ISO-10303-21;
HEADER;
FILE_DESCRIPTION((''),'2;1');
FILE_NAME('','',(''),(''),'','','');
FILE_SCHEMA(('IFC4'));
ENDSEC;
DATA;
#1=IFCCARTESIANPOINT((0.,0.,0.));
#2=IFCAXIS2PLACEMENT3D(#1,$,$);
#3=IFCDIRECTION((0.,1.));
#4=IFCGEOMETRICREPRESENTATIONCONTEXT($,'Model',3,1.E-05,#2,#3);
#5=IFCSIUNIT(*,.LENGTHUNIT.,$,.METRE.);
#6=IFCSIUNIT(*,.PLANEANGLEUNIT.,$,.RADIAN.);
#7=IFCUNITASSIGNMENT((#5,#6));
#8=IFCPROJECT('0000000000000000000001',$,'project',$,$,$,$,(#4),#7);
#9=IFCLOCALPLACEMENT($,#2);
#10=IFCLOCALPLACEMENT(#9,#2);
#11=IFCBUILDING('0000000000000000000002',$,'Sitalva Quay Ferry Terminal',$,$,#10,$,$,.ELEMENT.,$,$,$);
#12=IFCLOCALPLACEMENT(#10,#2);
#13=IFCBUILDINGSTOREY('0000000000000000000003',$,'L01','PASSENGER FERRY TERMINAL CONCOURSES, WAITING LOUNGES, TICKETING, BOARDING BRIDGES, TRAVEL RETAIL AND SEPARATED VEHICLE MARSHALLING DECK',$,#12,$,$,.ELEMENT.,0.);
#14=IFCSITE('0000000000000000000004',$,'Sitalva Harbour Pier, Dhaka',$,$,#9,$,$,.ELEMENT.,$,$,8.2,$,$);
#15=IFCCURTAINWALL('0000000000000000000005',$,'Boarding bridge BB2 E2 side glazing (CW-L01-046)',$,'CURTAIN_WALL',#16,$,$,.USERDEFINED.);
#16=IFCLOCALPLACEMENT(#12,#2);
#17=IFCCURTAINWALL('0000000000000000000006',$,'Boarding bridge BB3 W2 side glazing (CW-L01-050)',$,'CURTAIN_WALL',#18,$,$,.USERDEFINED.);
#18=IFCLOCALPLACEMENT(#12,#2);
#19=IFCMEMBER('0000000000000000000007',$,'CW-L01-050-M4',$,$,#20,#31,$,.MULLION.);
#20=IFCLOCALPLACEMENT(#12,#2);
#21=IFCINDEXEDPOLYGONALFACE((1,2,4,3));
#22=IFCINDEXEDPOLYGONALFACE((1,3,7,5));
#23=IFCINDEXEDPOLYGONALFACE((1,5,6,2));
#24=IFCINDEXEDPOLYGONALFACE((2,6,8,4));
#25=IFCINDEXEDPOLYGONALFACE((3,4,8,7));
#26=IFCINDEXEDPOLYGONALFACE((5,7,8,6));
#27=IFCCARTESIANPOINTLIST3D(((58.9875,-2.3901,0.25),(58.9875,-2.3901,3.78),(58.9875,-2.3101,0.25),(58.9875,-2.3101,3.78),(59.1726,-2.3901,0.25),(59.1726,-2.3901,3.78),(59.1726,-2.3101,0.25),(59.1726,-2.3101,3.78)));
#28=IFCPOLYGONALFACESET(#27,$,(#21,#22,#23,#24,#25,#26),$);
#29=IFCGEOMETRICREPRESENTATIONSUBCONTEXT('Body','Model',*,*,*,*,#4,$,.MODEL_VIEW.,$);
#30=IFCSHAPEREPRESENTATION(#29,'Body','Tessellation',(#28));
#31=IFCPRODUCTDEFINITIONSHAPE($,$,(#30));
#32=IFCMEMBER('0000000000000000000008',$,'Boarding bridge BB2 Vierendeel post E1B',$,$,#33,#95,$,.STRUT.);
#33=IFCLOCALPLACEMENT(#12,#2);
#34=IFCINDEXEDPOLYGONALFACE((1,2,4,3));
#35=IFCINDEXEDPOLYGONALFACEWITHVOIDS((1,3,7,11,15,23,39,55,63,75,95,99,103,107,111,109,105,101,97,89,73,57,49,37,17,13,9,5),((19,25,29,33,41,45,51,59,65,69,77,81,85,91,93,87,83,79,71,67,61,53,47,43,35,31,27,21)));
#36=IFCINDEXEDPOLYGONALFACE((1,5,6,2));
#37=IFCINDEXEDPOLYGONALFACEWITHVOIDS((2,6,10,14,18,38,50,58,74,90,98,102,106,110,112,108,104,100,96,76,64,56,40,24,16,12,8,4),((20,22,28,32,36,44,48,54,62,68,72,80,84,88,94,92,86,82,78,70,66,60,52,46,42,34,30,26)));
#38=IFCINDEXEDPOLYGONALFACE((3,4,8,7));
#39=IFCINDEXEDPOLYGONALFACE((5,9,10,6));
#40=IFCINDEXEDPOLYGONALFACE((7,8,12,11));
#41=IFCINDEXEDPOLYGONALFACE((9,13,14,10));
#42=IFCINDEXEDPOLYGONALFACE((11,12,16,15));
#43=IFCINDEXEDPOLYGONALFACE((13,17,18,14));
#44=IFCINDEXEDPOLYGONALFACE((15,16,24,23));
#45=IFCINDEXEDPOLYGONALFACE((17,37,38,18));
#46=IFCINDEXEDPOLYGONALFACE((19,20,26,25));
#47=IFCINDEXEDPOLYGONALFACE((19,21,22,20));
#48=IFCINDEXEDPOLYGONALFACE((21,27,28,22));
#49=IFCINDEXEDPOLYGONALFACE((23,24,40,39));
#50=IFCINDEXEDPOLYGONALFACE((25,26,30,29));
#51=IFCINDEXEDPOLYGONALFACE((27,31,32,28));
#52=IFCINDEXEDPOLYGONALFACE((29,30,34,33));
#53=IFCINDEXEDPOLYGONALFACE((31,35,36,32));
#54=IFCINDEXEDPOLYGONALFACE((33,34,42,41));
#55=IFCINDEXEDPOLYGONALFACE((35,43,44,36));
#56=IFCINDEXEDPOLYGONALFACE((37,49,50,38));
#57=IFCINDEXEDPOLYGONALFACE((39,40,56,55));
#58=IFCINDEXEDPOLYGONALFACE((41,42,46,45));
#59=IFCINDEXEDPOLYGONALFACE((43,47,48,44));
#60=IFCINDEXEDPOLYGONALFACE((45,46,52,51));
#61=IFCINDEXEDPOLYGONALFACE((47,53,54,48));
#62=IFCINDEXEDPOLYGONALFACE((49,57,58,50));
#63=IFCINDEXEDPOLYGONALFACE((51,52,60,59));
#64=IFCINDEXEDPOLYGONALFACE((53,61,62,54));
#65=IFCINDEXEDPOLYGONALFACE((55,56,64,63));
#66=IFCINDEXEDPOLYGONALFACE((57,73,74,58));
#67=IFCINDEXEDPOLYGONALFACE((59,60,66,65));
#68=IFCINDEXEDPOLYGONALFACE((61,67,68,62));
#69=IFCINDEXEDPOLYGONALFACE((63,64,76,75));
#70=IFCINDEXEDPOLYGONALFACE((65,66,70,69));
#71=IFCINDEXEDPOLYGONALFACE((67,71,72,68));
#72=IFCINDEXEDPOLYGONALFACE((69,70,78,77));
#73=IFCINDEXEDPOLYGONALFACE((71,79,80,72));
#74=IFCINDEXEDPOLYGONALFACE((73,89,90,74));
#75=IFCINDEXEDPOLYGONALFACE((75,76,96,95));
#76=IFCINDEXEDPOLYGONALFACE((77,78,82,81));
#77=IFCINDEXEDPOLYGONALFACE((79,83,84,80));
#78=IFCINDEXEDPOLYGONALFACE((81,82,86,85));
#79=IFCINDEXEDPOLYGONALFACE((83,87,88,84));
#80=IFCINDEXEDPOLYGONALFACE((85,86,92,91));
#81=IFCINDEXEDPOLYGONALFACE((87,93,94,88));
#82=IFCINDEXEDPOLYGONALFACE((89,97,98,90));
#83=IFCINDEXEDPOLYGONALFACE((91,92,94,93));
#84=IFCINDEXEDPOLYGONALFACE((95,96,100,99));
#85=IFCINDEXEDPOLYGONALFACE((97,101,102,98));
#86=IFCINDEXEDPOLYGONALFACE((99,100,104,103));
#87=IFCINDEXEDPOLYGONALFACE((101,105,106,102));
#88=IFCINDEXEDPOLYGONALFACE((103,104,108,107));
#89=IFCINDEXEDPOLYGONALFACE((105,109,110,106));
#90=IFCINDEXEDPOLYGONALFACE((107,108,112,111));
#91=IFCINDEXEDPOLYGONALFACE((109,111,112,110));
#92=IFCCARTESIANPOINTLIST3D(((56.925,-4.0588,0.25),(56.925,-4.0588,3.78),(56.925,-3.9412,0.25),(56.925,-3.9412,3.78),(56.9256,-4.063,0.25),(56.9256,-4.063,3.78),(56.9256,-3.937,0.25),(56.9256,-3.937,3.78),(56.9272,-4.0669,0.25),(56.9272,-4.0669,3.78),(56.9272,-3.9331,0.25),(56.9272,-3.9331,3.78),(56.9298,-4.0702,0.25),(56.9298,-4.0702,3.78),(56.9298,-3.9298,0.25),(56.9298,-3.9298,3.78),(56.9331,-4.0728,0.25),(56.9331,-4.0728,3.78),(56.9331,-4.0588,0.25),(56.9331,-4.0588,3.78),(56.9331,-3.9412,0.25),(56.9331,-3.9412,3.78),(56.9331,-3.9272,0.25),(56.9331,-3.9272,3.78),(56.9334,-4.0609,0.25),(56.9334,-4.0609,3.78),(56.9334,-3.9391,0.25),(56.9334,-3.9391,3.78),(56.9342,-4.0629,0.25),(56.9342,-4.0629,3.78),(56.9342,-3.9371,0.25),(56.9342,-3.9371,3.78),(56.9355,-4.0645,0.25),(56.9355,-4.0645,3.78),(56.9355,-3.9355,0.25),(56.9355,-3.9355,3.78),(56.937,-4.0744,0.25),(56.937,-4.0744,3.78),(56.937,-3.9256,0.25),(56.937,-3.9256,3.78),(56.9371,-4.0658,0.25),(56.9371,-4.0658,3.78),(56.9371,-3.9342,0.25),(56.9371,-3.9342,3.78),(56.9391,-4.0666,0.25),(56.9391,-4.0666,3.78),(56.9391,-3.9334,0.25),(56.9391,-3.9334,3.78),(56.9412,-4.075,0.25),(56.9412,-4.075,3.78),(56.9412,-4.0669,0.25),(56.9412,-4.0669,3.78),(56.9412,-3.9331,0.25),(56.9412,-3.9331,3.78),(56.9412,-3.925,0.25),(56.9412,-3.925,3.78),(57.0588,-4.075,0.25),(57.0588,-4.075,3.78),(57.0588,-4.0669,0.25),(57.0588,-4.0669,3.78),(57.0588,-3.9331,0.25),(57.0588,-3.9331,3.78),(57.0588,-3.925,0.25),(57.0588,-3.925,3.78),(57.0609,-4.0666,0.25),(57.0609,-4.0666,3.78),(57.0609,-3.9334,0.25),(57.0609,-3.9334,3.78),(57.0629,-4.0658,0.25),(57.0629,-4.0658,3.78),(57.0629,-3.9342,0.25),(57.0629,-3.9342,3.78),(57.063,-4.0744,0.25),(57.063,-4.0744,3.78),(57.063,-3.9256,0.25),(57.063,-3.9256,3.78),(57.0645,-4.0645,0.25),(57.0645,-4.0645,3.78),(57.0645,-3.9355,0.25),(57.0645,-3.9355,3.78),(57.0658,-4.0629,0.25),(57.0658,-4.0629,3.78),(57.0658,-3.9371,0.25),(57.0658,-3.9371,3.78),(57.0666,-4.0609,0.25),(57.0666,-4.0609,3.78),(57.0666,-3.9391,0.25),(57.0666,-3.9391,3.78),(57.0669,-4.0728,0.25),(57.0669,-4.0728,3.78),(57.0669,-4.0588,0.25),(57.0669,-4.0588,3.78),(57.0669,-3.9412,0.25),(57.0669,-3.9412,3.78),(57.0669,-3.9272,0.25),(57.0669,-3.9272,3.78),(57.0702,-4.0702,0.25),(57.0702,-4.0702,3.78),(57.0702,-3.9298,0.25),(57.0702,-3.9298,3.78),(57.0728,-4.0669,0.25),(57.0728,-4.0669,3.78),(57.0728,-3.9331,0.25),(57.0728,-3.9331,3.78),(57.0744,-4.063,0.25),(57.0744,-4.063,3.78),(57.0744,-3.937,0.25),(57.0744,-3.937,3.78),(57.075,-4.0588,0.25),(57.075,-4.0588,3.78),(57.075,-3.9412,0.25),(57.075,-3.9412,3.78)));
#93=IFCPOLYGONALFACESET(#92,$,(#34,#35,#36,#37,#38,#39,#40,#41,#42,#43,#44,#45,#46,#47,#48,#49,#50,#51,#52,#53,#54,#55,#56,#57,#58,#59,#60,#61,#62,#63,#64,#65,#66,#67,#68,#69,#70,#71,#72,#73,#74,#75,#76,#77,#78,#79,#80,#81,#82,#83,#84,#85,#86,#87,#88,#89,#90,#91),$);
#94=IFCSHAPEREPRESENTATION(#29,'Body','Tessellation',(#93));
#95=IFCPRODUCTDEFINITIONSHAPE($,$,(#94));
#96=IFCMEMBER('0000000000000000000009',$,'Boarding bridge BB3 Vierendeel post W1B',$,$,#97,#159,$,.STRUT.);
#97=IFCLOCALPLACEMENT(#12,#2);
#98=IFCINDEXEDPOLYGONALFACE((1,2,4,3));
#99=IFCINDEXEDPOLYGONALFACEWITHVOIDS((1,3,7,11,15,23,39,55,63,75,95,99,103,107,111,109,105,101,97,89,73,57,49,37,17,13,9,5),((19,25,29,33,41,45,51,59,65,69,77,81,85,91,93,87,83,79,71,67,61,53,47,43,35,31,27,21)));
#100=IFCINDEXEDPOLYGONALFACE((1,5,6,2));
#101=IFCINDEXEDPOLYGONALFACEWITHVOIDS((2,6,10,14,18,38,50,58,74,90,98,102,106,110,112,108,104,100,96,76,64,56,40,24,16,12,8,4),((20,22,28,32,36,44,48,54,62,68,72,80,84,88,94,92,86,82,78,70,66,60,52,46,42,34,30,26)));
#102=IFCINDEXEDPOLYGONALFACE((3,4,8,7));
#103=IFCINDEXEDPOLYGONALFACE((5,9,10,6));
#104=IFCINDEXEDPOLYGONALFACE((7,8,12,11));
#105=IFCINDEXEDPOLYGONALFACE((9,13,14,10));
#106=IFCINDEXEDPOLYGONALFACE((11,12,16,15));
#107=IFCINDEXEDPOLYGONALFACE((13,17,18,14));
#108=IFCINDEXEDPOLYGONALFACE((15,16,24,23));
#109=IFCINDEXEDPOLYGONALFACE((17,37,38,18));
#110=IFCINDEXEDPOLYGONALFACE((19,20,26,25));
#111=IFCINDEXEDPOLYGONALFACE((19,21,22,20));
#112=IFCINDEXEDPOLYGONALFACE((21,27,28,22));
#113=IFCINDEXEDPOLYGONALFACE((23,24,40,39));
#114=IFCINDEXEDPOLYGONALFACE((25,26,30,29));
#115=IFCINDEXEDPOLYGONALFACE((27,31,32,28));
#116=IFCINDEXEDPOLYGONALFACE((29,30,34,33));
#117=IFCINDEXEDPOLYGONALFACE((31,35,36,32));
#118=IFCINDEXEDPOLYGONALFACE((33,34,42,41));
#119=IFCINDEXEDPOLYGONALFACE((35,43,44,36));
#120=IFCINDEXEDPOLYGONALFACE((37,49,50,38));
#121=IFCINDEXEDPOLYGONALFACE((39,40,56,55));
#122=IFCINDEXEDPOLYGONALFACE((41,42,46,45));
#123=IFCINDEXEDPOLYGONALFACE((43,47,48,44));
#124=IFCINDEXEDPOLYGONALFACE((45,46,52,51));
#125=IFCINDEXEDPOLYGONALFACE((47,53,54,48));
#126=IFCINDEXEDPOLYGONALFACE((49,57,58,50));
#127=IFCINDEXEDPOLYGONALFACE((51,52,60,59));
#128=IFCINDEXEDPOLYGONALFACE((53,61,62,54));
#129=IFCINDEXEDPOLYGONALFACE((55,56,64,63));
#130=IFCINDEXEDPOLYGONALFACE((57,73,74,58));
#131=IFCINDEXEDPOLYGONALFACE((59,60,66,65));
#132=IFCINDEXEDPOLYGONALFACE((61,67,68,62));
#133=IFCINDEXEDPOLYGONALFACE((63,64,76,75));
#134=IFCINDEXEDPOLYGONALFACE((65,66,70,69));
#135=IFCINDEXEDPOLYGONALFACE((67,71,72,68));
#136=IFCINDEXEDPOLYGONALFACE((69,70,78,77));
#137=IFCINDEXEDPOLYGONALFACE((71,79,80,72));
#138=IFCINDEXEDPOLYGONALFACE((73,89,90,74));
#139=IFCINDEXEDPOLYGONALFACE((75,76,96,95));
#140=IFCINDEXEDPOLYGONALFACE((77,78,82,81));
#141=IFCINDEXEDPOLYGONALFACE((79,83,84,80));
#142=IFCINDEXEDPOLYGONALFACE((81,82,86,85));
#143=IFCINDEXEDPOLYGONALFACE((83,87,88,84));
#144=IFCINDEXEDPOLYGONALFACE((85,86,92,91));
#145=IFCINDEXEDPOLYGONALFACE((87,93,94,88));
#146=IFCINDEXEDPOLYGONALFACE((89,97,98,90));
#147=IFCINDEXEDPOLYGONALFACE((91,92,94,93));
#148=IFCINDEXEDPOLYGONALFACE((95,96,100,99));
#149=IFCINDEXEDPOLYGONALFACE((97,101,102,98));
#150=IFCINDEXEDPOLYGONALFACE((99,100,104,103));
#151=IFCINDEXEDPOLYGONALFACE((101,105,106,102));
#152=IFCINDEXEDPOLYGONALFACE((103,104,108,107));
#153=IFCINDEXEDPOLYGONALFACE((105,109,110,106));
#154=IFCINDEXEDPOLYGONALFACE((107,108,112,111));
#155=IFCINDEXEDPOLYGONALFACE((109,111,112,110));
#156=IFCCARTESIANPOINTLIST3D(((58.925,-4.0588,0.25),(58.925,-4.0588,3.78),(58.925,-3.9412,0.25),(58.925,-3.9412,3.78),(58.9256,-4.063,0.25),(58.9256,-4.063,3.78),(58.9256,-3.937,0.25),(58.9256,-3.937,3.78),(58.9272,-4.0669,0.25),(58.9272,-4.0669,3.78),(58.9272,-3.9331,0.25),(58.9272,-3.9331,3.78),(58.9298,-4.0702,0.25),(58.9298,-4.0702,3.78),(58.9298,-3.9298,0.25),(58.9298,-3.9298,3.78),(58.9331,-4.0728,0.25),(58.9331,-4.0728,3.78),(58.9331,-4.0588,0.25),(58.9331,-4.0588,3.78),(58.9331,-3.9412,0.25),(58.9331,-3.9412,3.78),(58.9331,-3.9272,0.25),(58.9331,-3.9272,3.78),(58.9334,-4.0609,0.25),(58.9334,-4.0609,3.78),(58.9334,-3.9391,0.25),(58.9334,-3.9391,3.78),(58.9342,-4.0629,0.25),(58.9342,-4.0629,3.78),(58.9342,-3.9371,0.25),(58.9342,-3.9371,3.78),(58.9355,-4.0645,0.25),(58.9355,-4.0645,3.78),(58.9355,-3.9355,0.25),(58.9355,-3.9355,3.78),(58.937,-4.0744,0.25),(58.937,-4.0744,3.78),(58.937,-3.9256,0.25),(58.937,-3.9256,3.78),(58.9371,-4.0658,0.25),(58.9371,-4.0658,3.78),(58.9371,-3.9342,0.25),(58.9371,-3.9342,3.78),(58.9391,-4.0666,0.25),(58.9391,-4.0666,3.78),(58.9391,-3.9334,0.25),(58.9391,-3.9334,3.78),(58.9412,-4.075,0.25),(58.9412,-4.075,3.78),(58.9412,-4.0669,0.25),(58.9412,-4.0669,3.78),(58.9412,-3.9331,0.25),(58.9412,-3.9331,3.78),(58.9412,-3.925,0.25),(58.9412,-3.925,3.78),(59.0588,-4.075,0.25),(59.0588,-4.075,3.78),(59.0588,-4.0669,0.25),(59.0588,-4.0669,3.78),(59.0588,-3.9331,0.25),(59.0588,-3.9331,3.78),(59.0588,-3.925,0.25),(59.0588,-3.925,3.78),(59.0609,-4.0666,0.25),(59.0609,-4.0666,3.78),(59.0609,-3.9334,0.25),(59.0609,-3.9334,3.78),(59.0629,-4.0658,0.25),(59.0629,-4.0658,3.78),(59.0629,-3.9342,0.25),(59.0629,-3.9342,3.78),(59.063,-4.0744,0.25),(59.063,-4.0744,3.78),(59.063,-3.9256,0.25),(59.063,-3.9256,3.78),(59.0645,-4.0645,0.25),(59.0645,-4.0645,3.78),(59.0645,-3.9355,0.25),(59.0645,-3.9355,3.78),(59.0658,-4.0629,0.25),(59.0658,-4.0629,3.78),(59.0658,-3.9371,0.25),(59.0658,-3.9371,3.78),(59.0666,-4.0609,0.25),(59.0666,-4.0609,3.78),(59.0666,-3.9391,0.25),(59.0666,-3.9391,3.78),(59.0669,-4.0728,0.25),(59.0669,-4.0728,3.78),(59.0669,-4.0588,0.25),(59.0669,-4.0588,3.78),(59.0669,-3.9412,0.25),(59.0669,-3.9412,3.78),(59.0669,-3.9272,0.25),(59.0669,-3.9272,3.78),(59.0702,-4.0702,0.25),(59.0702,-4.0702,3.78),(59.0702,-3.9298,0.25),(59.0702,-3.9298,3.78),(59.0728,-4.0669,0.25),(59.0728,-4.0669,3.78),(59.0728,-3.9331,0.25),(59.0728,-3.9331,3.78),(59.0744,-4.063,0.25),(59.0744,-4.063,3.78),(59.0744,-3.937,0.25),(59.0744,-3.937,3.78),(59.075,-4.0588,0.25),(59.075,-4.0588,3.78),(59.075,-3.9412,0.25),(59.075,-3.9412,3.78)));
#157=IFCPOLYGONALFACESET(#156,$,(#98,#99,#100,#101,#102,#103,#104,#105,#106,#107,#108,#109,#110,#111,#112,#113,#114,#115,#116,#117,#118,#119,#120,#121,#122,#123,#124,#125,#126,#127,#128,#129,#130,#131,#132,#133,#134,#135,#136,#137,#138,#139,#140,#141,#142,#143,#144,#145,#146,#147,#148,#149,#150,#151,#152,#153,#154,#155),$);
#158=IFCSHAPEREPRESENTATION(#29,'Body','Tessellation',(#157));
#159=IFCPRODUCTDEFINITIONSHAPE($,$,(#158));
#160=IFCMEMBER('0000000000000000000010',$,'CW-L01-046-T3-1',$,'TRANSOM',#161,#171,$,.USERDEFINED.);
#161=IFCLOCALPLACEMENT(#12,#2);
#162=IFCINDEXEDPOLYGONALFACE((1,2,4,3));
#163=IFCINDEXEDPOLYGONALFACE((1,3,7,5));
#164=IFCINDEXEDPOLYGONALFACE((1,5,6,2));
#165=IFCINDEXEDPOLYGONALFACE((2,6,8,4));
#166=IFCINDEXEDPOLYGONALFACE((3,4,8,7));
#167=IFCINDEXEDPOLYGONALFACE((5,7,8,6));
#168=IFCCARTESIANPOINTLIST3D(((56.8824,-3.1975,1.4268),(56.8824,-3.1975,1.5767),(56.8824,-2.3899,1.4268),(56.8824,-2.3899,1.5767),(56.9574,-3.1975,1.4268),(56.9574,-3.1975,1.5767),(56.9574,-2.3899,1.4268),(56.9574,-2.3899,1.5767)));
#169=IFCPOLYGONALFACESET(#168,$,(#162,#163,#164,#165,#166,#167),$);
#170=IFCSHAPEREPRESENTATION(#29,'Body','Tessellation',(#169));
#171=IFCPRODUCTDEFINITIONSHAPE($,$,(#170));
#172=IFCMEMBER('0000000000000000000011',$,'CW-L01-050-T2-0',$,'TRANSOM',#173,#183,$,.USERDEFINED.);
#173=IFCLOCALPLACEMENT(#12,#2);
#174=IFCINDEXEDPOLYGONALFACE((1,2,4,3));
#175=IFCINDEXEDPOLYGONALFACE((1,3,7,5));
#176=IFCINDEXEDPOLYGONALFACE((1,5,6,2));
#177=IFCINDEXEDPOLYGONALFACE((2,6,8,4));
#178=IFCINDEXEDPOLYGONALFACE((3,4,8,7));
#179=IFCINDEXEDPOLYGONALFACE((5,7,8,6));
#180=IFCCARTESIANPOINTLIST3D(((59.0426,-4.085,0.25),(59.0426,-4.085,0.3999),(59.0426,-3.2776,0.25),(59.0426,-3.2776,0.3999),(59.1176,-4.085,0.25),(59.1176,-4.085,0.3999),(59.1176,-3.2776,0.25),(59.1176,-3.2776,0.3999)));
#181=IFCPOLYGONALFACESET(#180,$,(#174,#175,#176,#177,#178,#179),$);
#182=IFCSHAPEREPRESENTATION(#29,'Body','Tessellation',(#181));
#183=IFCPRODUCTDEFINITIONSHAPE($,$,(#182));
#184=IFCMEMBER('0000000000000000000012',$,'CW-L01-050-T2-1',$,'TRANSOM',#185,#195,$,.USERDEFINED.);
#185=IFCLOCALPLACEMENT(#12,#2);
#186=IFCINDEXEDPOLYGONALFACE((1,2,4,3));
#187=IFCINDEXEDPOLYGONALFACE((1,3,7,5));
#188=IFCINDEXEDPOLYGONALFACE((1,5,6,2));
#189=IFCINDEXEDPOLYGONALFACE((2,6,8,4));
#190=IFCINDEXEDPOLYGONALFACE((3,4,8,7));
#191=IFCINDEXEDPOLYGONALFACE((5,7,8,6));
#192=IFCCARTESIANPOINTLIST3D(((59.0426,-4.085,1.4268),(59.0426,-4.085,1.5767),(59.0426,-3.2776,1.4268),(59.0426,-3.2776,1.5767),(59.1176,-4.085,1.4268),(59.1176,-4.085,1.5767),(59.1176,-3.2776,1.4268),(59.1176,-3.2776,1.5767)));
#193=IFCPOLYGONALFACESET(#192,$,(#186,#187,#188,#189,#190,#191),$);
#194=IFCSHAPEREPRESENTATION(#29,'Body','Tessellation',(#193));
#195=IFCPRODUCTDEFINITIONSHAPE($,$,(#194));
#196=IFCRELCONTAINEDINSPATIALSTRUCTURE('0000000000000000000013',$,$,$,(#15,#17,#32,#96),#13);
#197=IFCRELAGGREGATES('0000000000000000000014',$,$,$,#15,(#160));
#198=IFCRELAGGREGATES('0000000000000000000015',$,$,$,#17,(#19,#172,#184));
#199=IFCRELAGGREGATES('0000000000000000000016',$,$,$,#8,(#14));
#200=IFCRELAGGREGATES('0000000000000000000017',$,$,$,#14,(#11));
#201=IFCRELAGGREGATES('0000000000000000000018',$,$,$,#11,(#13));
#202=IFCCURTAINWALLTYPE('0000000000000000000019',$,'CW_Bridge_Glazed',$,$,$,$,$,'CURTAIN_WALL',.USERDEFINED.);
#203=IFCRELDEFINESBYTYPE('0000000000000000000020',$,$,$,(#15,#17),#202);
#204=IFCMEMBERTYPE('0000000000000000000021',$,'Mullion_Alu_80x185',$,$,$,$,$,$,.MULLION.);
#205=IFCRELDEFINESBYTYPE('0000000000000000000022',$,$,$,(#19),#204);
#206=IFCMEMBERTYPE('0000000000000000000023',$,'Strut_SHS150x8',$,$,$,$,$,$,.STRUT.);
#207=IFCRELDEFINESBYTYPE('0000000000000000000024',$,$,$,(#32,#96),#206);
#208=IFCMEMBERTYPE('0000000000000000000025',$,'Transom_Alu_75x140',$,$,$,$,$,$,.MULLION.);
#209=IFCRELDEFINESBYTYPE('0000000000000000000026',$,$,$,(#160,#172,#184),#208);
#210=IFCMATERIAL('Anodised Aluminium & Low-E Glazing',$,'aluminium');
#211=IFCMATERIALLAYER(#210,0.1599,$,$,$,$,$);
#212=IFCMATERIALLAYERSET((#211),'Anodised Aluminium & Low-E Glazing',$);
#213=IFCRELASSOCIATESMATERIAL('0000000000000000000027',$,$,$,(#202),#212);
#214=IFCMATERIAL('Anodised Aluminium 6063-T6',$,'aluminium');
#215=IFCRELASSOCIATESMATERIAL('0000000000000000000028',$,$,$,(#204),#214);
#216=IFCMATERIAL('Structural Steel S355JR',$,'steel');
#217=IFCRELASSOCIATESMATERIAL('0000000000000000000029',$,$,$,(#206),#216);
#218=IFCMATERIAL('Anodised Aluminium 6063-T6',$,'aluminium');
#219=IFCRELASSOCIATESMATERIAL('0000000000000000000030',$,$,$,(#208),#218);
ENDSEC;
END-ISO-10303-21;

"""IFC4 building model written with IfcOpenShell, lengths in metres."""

from ifc_helpers import new_model, si_unit, direction, frame, origin, origin_2d, place, context, subcontext, project, spatial, rectangle, hollow_rectangle, extrude, material, layer, layer_set, material_profile, profile_set, type_object, element, aggregate, save


model = new_model("IFC4")

# Units and contexts
model_context = context("Model", 3, precision=1e-05, world=origin(), true_north=direction((0.0, 1.0)))
body_context = subcontext(model_context, "Body", "Model", "MODEL_VIEW")
ifc_project = project(units=[si_unit("LENGTHUNIT", "METRE"), si_unit("PLANEANGLEUNIT", "RADIAN")], contexts=[model_context])

# Site, building, storey
site_placement = place(None, origin())
site = spatial("IfcSite", under=ifc_project, at=site_placement, Name="Sitalva Harbour Pier, Dhaka", CompositionType="ELEMENT", RefElevation=8.2)
building_placement = place(site_placement, origin())
building = spatial("IfcBuilding", under=site, at=building_placement, Name="Sitalva Quay Ferry Terminal", CompositionType="ELEMENT")
storey_placement = place(building_placement, origin())
storey = spatial("IfcBuildingStorey", under=building, at=storey_placement, Name="L01", Description="PASSENGER FERRY TERMINAL CONCOURSES, WAITING LOUNGES, TICKETING, BOARDING BRIDGES, TRAVEL RETAIL AND SEPARATED VEHICLE MARSHALLING DECK", CompositionType="ELEMENT", Elevation=0.0)

# Curtain wall
ifc_material_1 = material(Name="Anodised Aluminium & Low-E Glazing", Category="aluminium")
ifc_layer_1 = layer(ifc_material_1, 0.1599)
ifc_layer_set_1 = layer_set([ifc_layer_1], Name="Anodised Aluminium & Low-E Glazing")
curtain_wall_type = type_object("IfcCurtainWallType", Name="CW_Bridge_Glazed", ElementType="CURTAIN_WALL", PredefinedType="USERDEFINED", material=ifc_layer_set_1)
curtain_wall_1_placement = place(storey_placement, origin())
curtain_wall_1 = element("IfcCurtainWall", 1, at=curtain_wall_1_placement, inside=storey, type_object=curtain_wall_type, Name="Boarding bridge BB2 E2 side glazing (CW-L01-046)", ObjectType="CURTAIN_WALL", PredefinedType="USERDEFINED")
ifc_material_2 = material(Name="Anodised Aluminium 6063-T6", Category="aluminium")
ifc_material_profile_1 = material_profile(ifc_material_2, rectangle(XDim=0.0801, YDim=0.1851, at=origin_2d()), Name="ALU80x185")
ifc_profile_set_1 = profile_set([ifc_material_profile_1], Name="Anodised Aluminium 6063-T6")
member_type_1 = type_object("IfcMemberType", Name="Mullion_Alu_80x185", PredefinedType="MULLION", material=ifc_profile_set_1)

# Curtain wall, member
curtain_wall_2_placement = place(storey_placement, origin())
curtain_wall_2 = element("IfcCurtainWall", 2, at=curtain_wall_2_placement, inside=storey, type_object=curtain_wall_type, Name="Boarding bridge BB3 W2 side glazing (CW-L01-050)", ObjectType="CURTAIN_WALL", PredefinedType="USERDEFINED")
member_1_placement = place(storey_placement, frame((59.0801, -2.3501, 0.25), z_axis=(0.0, 0.0, 1.0), x_axis=(0.0, 1.0, 0.0)))
member_1 = element("IfcMember", 3, at=member_1_placement, type_object=member_type_1, Name="CW-L01-050-M4", PredefinedType="MULLION", context=body_context, shape_type="SweptSolid", body=[
    extrude(rectangle(XDim=0.0801, YDim=0.1851, at=origin_2d()), origin(), (0.0, 0.0, 1.0), 3.53),
])

# Members
ifc_material_3 = material(Name="Structural Steel S355JR", Category="steel")
ifc_material_profile_2 = material_profile(ifc_material_3, hollow_rectangle(XDim=0.1499, YDim=0.1499, WallThickness=0.0081, InnerFilletRadius=0.0081, OuterFilletRadius=0.0161, at=origin_2d()), Name="SHS150x150x8")
ifc_profile_set_2 = profile_set([ifc_material_profile_2], Name="Structural Steel S355JR")
member_type_2 = type_object("IfcMemberType", Name="Strut_SHS150x8", PredefinedType="STRUT", material=ifc_profile_set_2)
for number, where, z_axis, x_axis, name in (
    (4, (57.0, -4.0, 0.25), (0.0, 0.0, 1.0), (1.0, 0.0, 0.0), "Boarding bridge BB2 Vierendeel post E1B"),
    (5, (59.0, -4.0, 0.25), (0.0, 0.0, 1.0), (1.0, 0.0, 0.0), "Boarding bridge BB3 Vierendeel post W1B"),
):
    element("IfcMember", number, at=place(storey_placement, frame(where, z_axis=z_axis, x_axis=x_axis)), inside=storey, type_object=member_type_2, Name=name, PredefinedType="STRUT", context=body_context, shape_type="SweptSolid", body=[
        extrude(hollow_rectangle(XDim=0.1499, YDim=0.1499, WallThickness=0.0081, InnerFilletRadius=0.0081, OuterFilletRadius=0.0161, at=origin_2d()), origin(), (0.0, 0.0, 1.0), 3.53),
    ])

# Members
ifc_material_4 = material(Name="Anodised Aluminium 6063-T6", Category="aluminium")
ifc_material_profile_3 = material_profile(ifc_material_4, rectangle(XDim=0.075, YDim=0.1499, at=origin_2d()), Name="ALU75x150")
ifc_profile_set_3 = profile_set([ifc_material_profile_3], Name="Anodised Aluminium 6063-T6")
member_type_3 = type_object("IfcMemberType", Name="Transom_Alu_75x140", PredefinedType="MULLION", material=ifc_profile_set_3)
member_2_placement = place(storey_placement, frame((56.9199, -3.1975, 1.5017), z_axis=(0.0, 1.0, 0.0), x_axis=(-1.0, 0.0, 0.0)))
member_2 = element("IfcMember", 6, at=member_2_placement, type_object=member_type_3, Name="CW-L01-046-T3-1", ObjectType="TRANSOM", PredefinedType="USERDEFINED", context=body_context, shape_type="SweptSolid", body=[
    extrude(rectangle(XDim=0.075, YDim=0.1499, at=origin_2d()), origin(), (0.0, 0.0, 1.0), 0.8076),
])
member_3_placement = place(storey_placement, frame((59.0801, -4.085, 0.325), z_axis=(0.0, 1.0, 0.0), x_axis=(-1.0, 0.0, 0.0)))
member_3 = element("IfcMember", 7, at=member_3_placement, type_object=member_type_3, Name="CW-L01-050-T2-0", ObjectType="TRANSOM", PredefinedType="USERDEFINED", context=body_context, shape_type="SweptSolid", body=[
    extrude(rectangle(XDim=0.075, YDim=0.1499, at=origin_2d()), origin(), (0.0, 0.0, 1.0), 0.8074),
])
member_4_placement = place(storey_placement, frame((59.0801, -4.085, 1.5017), z_axis=(0.0, 1.0, 0.0), x_axis=(-1.0, 0.0, 0.0)))
member_4 = element("IfcMember", 8, at=member_4_placement, type_object=member_type_3, Name="CW-L01-050-T2-1", ObjectType="TRANSOM", PredefinedType="USERDEFINED", context=body_context, shape_type="SweptSolid", body=[
    extrude(rectangle(XDim=0.075, YDim=0.1499, at=origin_2d()), origin(), (0.0, 0.0, 1.0), 0.8074),
])

aggregate(curtain_wall_1, [member_2])
aggregate(curtain_wall_2, [member_1, member_3, member_4])

save(model, "model.ifc")
